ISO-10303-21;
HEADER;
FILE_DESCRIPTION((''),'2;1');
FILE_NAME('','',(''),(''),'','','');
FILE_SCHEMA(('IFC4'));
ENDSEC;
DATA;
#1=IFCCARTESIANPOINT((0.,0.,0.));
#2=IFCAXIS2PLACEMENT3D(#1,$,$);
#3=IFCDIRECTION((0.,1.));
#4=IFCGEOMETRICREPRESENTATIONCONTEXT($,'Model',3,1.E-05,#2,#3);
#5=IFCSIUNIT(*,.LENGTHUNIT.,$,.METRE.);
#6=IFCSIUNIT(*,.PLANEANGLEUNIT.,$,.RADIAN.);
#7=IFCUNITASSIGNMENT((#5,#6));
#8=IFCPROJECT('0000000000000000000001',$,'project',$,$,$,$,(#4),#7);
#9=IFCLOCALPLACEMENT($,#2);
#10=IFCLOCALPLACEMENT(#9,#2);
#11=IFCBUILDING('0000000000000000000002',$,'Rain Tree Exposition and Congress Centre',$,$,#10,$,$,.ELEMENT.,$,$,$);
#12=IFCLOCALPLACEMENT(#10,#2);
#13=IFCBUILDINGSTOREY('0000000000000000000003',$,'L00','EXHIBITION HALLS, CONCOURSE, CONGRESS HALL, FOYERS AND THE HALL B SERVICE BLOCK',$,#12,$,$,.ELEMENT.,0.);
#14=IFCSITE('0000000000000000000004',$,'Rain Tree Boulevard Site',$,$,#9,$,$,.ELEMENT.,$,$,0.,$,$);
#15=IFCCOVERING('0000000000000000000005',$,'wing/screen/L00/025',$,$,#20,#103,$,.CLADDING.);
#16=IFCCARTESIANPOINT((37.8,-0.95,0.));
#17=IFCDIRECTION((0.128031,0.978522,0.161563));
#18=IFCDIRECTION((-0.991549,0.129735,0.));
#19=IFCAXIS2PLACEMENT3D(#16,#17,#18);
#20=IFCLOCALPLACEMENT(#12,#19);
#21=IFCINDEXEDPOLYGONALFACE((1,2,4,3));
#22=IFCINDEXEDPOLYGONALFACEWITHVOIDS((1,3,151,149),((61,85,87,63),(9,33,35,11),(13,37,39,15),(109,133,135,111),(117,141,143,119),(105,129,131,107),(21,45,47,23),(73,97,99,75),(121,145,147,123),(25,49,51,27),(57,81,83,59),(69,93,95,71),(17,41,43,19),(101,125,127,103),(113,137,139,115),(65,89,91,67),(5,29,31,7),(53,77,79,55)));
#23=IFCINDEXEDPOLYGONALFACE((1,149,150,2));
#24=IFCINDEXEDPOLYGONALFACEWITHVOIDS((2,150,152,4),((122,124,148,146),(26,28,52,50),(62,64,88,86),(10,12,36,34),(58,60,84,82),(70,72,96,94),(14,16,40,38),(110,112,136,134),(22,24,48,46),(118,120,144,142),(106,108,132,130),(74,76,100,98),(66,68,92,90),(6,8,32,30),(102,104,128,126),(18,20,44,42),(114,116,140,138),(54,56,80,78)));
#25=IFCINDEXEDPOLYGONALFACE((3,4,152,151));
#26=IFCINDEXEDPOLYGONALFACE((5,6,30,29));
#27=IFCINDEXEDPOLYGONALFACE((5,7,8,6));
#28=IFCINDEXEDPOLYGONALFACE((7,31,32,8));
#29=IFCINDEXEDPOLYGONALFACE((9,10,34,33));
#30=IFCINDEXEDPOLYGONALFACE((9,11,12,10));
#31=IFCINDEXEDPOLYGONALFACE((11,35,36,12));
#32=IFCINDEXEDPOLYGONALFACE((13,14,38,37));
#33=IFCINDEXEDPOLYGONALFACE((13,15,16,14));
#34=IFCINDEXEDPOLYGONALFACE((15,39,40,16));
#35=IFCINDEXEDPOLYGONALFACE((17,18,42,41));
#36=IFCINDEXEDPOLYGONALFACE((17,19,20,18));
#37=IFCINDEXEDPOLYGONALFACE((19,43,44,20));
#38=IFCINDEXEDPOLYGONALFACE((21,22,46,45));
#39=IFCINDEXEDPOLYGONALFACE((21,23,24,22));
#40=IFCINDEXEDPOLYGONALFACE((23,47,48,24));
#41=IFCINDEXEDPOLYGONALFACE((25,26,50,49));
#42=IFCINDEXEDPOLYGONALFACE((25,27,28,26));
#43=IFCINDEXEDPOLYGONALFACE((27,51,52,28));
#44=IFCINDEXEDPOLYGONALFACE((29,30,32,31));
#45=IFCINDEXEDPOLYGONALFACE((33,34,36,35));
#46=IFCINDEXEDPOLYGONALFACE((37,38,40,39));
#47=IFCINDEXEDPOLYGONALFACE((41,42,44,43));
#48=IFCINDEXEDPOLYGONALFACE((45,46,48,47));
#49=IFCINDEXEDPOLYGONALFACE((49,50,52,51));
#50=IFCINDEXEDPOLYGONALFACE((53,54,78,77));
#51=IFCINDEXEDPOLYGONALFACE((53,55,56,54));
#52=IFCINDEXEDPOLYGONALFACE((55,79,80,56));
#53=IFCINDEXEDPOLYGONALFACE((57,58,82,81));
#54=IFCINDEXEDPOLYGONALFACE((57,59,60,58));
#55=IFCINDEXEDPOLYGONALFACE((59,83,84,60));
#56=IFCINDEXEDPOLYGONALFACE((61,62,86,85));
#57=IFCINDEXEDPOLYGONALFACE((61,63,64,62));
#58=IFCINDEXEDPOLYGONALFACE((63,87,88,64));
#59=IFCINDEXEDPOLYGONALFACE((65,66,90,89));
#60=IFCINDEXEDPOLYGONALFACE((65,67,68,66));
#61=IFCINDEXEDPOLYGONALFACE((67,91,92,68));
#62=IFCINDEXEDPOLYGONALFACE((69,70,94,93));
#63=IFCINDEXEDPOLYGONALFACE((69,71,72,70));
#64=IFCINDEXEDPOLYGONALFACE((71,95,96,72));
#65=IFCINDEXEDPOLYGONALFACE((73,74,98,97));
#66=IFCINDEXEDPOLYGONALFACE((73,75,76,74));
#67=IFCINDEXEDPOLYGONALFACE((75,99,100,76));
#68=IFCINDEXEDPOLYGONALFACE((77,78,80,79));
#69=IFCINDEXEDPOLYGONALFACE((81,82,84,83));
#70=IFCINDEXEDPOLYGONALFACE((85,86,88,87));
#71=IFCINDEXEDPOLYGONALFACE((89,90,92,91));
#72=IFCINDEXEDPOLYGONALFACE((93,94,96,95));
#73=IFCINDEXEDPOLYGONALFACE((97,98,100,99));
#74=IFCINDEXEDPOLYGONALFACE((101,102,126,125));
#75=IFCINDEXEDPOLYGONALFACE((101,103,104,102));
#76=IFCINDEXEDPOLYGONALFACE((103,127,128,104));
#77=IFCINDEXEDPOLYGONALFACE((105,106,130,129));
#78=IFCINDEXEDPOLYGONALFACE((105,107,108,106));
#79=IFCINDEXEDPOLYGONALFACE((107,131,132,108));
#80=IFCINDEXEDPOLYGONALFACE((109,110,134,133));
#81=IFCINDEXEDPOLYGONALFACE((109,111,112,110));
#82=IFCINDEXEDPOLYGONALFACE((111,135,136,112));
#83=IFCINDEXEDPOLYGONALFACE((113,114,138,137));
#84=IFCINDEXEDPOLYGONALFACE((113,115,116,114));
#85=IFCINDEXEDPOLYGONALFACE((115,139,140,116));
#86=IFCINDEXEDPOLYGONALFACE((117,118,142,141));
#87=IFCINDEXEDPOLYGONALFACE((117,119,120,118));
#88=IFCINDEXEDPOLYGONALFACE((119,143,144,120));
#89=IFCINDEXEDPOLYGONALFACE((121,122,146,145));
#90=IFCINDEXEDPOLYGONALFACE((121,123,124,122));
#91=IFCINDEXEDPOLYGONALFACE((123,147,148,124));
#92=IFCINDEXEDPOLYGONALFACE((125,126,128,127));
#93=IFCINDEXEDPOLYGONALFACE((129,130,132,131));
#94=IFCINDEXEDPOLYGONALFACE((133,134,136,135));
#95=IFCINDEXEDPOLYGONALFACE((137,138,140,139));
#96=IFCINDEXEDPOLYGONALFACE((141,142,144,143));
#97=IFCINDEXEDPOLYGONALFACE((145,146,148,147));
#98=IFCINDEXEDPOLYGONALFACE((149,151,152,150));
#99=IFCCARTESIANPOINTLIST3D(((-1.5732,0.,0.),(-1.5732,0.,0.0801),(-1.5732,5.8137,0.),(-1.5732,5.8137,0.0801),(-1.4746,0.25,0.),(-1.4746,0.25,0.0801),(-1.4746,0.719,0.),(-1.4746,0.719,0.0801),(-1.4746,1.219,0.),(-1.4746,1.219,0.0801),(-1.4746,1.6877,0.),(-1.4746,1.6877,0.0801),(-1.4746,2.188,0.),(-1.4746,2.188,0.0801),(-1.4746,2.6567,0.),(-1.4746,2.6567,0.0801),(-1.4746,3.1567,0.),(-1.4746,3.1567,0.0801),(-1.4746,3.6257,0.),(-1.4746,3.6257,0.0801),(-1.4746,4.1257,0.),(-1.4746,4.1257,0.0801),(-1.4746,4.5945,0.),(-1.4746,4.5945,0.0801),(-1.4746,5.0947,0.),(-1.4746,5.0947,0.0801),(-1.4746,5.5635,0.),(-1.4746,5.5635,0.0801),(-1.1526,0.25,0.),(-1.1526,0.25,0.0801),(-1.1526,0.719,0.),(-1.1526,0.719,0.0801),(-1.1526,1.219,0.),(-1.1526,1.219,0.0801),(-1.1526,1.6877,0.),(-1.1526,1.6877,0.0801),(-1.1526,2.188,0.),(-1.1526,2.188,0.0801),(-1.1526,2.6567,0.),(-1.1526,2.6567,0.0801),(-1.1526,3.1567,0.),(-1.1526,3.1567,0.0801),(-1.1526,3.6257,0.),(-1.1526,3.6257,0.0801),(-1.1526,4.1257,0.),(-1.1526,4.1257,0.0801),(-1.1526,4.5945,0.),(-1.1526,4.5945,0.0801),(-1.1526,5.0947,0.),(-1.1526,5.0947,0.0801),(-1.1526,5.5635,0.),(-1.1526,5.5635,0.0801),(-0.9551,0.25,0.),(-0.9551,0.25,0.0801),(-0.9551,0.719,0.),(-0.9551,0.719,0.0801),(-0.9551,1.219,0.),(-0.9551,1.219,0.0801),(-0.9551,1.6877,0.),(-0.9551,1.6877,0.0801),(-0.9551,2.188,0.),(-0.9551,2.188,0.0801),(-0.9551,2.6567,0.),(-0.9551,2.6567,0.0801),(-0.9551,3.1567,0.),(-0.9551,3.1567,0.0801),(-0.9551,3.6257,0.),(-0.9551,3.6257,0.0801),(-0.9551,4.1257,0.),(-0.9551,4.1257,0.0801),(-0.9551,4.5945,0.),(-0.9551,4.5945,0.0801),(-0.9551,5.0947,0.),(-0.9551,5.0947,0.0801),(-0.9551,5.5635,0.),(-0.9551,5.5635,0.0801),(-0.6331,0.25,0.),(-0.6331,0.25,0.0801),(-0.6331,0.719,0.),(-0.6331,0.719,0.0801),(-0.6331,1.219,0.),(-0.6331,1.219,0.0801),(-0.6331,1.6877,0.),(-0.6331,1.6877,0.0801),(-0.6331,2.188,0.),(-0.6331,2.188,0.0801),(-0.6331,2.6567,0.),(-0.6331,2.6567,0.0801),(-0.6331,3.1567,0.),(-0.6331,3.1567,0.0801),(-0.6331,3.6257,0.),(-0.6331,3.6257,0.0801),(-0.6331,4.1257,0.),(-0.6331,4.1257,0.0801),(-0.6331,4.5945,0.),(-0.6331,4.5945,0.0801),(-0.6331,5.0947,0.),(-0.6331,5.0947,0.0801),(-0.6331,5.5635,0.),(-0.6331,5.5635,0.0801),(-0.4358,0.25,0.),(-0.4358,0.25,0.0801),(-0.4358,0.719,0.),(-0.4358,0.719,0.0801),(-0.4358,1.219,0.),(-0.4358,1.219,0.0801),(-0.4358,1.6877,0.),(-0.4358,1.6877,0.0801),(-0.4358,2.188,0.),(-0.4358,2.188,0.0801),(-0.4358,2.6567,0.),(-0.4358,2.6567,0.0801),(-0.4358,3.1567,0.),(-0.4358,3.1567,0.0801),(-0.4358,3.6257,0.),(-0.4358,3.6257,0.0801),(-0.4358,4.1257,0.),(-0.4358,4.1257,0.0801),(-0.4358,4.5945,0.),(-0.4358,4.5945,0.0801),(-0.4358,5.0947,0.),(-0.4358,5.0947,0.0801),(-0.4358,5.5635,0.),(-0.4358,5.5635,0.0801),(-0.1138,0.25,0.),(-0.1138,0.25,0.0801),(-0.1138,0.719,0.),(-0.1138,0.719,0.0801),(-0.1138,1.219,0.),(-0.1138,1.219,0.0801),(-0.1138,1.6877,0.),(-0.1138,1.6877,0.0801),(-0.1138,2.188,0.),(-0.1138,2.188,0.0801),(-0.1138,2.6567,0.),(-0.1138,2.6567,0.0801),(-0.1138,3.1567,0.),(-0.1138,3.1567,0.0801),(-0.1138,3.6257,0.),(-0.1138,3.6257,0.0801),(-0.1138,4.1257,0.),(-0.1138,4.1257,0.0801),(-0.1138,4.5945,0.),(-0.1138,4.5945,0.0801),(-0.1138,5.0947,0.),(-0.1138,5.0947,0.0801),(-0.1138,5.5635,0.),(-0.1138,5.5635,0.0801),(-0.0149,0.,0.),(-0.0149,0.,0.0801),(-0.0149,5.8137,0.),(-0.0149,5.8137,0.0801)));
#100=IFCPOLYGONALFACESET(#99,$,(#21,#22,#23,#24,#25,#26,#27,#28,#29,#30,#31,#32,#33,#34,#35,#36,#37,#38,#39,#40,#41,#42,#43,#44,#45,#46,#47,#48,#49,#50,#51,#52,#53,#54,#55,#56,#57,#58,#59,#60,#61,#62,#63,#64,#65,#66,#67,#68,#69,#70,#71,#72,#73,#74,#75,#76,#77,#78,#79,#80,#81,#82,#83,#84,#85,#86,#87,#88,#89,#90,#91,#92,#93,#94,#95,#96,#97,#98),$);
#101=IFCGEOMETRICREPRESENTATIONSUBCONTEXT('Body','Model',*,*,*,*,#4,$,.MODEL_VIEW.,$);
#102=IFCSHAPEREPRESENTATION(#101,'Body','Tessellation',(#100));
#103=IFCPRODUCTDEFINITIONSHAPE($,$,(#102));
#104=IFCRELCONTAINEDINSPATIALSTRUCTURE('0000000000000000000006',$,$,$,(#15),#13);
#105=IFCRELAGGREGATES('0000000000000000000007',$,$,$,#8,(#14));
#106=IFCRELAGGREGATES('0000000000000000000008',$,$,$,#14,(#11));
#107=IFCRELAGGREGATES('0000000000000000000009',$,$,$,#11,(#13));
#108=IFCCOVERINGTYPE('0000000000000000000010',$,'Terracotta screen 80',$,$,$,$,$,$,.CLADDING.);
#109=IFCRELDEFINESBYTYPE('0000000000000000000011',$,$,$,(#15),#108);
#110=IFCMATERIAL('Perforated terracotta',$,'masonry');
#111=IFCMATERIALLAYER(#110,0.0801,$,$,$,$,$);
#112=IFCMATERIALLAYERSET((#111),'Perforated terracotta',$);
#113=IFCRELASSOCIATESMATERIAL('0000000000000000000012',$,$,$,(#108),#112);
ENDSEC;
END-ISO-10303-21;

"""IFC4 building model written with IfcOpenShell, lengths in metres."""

from ifc_helpers import new_model, si_unit, direction, frame, origin, place, context, subcontext, project, spatial, polyline, outline, extrude, material, layer, layer_set, type_object, element, save


model = new_model("IFC4")

# Units and contexts
model_context = context("Model", 3, precision=1e-05, world=origin(), true_north=direction((0.0, 1.0)))
body_context = subcontext(model_context, "Body", "Model", "MODEL_VIEW")
ifc_project = project(units=[si_unit("LENGTHUNIT", "METRE"), si_unit("PLANEANGLEUNIT", "RADIAN")], contexts=[model_context])

# Site, building, storey
site_placement = place(None, origin())
site = spatial("IfcSite", under=ifc_project, at=site_placement, Name="Rain Tree Boulevard Site", CompositionType="ELEMENT", RefElevation=0.0)
building_placement = place(site_placement, origin())
building = spatial("IfcBuilding", under=site, at=building_placement, Name="Rain Tree Exposition and Congress Centre", CompositionType="ELEMENT")
storey_placement = place(building_placement, origin())
storey = spatial("IfcBuildingStorey", under=building, at=storey_placement, Name="L00", Description="EXHIBITION HALLS, CONCOURSE, CONGRESS HALL, FOYERS AND THE HALL B SERVICE BLOCK", CompositionType="ELEMENT", Elevation=0.0)

# Covering
ifc_material_1 = material(Name="Perforated terracotta", Category="masonry")
ifc_layer_1 = layer(ifc_material_1, 0.0801)
ifc_layer_set_1 = layer_set([ifc_layer_1], Name="Perforated terracotta")
covering_type = type_object("IfcCoveringType", Name="Terracotta screen 80", PredefinedType="CLADDING", material=ifc_layer_set_1)
covering_1_placement = place(storey_placement, frame((37.8, -0.95, 0.0), z_axis=(0.128031, 0.978522, 0.161563), x_axis=(-0.991549, 0.129735, 0.0)))
element("IfcCovering", 1, at=covering_1_placement, inside=storey, type_object=covering_type, Name="wing/screen/L00/025", PredefinedType="CLADDING", context=body_context, shape_type="SweptSolid", body=[
    extrude(outline(polyline([(-1.5732, 0.0), (-1.5732, 5.8137), (-0.0149, 5.8137), (-0.0149, 0.0), (-1.5732, 0.0)]), holes=[polyline([(-0.1138, 0.25), (-0.1138, 0.719), (-0.4358, 0.719), (-0.4358, 0.25), (-0.1138, 0.25)]), polyline([(-0.1138, 1.219), (-0.1138, 1.6877), (-0.4358, 1.6877), (-0.4358, 1.219), (-0.1138, 1.219)]), polyline([(-0.1138, 2.188), (-0.1138, 2.6567), (-0.4358, 2.6567), (-0.4358, 2.188), (-0.1138, 2.188)]), polyline([(-0.1138, 3.1567), (-0.1138, 3.6257), (-0.4358, 3.6257), (-0.4358, 3.1567), (-0.1138, 3.1567)]), polyline([(-0.1138, 4.1257), (-0.1138, 4.5945), (-0.4358, 4.5945), (-0.4358, 4.1257), (-0.1138, 4.1257)]), polyline([(-0.1138, 5.0947), (-0.1138, 5.5635), (-0.4358, 5.5635), (-0.4358, 5.0947), (-0.1138, 5.0947)]), polyline([(-0.6331, 0.25), (-0.6331, 0.719), (-0.9551, 0.719), (-0.9551, 0.25), (-0.6331, 0.25)]), polyline([(-0.6331, 1.219), (-0.6331, 1.6877), (-0.9551, 1.6877), (-0.9551, 1.219), (-0.6331, 1.219)]), polyline([(-0.6331, 2.188), (-0.6331, 2.6567), (-0.9551, 2.6567), (-0.9551, 2.188), (-0.6331, 2.188)]), polyline([(-0.6331, 3.1567), (-0.6331, 3.6257), (-0.9551, 3.6257), (-0.9551, 3.1567), (-0.6331, 3.1567)]), polyline([(-0.6331, 4.1257), (-0.6331, 4.5945), (-0.9551, 4.5945), (-0.9551, 4.1257), (-0.6331, 4.1257)]), polyline([(-0.6331, 5.0947), (-0.6331, 5.5635), (-0.9551, 5.5635), (-0.9551, 5.0947), (-0.6331, 5.0947)]), polyline([(-1.1526, 0.25), (-1.1526, 0.719), (-1.4746, 0.719), (-1.4746, 0.25), (-1.1526, 0.25)]), polyline([(-1.1526, 1.219), (-1.1526, 1.6877), (-1.4746, 1.6877), (-1.4746, 1.219), (-1.1526, 1.219)]), polyline([(-1.1526, 2.188), (-1.1526, 2.6567), (-1.4746, 2.6567), (-1.4746, 2.188), (-1.1526, 2.188)]), polyline([(-1.1526, 3.1567), (-1.1526, 3.6257), (-1.4746, 3.6257), (-1.4746, 3.1567), (-1.1526, 3.1567)]), polyline([(-1.1526, 4.1257), (-1.1526, 4.5945), (-1.4746, 4.5945), (-1.4746, 4.1257), (-1.1526, 4.1257)]), polyline([(-1.1526, 5.0947), (-1.1526, 5.5635), (-1.4746, 5.5635), (-1.4746, 5.0947), (-1.1526, 5.0947)])]), origin(), (0.0, 0.0, 1.0), 0.0801),
])

save(model, "model.ifc")
